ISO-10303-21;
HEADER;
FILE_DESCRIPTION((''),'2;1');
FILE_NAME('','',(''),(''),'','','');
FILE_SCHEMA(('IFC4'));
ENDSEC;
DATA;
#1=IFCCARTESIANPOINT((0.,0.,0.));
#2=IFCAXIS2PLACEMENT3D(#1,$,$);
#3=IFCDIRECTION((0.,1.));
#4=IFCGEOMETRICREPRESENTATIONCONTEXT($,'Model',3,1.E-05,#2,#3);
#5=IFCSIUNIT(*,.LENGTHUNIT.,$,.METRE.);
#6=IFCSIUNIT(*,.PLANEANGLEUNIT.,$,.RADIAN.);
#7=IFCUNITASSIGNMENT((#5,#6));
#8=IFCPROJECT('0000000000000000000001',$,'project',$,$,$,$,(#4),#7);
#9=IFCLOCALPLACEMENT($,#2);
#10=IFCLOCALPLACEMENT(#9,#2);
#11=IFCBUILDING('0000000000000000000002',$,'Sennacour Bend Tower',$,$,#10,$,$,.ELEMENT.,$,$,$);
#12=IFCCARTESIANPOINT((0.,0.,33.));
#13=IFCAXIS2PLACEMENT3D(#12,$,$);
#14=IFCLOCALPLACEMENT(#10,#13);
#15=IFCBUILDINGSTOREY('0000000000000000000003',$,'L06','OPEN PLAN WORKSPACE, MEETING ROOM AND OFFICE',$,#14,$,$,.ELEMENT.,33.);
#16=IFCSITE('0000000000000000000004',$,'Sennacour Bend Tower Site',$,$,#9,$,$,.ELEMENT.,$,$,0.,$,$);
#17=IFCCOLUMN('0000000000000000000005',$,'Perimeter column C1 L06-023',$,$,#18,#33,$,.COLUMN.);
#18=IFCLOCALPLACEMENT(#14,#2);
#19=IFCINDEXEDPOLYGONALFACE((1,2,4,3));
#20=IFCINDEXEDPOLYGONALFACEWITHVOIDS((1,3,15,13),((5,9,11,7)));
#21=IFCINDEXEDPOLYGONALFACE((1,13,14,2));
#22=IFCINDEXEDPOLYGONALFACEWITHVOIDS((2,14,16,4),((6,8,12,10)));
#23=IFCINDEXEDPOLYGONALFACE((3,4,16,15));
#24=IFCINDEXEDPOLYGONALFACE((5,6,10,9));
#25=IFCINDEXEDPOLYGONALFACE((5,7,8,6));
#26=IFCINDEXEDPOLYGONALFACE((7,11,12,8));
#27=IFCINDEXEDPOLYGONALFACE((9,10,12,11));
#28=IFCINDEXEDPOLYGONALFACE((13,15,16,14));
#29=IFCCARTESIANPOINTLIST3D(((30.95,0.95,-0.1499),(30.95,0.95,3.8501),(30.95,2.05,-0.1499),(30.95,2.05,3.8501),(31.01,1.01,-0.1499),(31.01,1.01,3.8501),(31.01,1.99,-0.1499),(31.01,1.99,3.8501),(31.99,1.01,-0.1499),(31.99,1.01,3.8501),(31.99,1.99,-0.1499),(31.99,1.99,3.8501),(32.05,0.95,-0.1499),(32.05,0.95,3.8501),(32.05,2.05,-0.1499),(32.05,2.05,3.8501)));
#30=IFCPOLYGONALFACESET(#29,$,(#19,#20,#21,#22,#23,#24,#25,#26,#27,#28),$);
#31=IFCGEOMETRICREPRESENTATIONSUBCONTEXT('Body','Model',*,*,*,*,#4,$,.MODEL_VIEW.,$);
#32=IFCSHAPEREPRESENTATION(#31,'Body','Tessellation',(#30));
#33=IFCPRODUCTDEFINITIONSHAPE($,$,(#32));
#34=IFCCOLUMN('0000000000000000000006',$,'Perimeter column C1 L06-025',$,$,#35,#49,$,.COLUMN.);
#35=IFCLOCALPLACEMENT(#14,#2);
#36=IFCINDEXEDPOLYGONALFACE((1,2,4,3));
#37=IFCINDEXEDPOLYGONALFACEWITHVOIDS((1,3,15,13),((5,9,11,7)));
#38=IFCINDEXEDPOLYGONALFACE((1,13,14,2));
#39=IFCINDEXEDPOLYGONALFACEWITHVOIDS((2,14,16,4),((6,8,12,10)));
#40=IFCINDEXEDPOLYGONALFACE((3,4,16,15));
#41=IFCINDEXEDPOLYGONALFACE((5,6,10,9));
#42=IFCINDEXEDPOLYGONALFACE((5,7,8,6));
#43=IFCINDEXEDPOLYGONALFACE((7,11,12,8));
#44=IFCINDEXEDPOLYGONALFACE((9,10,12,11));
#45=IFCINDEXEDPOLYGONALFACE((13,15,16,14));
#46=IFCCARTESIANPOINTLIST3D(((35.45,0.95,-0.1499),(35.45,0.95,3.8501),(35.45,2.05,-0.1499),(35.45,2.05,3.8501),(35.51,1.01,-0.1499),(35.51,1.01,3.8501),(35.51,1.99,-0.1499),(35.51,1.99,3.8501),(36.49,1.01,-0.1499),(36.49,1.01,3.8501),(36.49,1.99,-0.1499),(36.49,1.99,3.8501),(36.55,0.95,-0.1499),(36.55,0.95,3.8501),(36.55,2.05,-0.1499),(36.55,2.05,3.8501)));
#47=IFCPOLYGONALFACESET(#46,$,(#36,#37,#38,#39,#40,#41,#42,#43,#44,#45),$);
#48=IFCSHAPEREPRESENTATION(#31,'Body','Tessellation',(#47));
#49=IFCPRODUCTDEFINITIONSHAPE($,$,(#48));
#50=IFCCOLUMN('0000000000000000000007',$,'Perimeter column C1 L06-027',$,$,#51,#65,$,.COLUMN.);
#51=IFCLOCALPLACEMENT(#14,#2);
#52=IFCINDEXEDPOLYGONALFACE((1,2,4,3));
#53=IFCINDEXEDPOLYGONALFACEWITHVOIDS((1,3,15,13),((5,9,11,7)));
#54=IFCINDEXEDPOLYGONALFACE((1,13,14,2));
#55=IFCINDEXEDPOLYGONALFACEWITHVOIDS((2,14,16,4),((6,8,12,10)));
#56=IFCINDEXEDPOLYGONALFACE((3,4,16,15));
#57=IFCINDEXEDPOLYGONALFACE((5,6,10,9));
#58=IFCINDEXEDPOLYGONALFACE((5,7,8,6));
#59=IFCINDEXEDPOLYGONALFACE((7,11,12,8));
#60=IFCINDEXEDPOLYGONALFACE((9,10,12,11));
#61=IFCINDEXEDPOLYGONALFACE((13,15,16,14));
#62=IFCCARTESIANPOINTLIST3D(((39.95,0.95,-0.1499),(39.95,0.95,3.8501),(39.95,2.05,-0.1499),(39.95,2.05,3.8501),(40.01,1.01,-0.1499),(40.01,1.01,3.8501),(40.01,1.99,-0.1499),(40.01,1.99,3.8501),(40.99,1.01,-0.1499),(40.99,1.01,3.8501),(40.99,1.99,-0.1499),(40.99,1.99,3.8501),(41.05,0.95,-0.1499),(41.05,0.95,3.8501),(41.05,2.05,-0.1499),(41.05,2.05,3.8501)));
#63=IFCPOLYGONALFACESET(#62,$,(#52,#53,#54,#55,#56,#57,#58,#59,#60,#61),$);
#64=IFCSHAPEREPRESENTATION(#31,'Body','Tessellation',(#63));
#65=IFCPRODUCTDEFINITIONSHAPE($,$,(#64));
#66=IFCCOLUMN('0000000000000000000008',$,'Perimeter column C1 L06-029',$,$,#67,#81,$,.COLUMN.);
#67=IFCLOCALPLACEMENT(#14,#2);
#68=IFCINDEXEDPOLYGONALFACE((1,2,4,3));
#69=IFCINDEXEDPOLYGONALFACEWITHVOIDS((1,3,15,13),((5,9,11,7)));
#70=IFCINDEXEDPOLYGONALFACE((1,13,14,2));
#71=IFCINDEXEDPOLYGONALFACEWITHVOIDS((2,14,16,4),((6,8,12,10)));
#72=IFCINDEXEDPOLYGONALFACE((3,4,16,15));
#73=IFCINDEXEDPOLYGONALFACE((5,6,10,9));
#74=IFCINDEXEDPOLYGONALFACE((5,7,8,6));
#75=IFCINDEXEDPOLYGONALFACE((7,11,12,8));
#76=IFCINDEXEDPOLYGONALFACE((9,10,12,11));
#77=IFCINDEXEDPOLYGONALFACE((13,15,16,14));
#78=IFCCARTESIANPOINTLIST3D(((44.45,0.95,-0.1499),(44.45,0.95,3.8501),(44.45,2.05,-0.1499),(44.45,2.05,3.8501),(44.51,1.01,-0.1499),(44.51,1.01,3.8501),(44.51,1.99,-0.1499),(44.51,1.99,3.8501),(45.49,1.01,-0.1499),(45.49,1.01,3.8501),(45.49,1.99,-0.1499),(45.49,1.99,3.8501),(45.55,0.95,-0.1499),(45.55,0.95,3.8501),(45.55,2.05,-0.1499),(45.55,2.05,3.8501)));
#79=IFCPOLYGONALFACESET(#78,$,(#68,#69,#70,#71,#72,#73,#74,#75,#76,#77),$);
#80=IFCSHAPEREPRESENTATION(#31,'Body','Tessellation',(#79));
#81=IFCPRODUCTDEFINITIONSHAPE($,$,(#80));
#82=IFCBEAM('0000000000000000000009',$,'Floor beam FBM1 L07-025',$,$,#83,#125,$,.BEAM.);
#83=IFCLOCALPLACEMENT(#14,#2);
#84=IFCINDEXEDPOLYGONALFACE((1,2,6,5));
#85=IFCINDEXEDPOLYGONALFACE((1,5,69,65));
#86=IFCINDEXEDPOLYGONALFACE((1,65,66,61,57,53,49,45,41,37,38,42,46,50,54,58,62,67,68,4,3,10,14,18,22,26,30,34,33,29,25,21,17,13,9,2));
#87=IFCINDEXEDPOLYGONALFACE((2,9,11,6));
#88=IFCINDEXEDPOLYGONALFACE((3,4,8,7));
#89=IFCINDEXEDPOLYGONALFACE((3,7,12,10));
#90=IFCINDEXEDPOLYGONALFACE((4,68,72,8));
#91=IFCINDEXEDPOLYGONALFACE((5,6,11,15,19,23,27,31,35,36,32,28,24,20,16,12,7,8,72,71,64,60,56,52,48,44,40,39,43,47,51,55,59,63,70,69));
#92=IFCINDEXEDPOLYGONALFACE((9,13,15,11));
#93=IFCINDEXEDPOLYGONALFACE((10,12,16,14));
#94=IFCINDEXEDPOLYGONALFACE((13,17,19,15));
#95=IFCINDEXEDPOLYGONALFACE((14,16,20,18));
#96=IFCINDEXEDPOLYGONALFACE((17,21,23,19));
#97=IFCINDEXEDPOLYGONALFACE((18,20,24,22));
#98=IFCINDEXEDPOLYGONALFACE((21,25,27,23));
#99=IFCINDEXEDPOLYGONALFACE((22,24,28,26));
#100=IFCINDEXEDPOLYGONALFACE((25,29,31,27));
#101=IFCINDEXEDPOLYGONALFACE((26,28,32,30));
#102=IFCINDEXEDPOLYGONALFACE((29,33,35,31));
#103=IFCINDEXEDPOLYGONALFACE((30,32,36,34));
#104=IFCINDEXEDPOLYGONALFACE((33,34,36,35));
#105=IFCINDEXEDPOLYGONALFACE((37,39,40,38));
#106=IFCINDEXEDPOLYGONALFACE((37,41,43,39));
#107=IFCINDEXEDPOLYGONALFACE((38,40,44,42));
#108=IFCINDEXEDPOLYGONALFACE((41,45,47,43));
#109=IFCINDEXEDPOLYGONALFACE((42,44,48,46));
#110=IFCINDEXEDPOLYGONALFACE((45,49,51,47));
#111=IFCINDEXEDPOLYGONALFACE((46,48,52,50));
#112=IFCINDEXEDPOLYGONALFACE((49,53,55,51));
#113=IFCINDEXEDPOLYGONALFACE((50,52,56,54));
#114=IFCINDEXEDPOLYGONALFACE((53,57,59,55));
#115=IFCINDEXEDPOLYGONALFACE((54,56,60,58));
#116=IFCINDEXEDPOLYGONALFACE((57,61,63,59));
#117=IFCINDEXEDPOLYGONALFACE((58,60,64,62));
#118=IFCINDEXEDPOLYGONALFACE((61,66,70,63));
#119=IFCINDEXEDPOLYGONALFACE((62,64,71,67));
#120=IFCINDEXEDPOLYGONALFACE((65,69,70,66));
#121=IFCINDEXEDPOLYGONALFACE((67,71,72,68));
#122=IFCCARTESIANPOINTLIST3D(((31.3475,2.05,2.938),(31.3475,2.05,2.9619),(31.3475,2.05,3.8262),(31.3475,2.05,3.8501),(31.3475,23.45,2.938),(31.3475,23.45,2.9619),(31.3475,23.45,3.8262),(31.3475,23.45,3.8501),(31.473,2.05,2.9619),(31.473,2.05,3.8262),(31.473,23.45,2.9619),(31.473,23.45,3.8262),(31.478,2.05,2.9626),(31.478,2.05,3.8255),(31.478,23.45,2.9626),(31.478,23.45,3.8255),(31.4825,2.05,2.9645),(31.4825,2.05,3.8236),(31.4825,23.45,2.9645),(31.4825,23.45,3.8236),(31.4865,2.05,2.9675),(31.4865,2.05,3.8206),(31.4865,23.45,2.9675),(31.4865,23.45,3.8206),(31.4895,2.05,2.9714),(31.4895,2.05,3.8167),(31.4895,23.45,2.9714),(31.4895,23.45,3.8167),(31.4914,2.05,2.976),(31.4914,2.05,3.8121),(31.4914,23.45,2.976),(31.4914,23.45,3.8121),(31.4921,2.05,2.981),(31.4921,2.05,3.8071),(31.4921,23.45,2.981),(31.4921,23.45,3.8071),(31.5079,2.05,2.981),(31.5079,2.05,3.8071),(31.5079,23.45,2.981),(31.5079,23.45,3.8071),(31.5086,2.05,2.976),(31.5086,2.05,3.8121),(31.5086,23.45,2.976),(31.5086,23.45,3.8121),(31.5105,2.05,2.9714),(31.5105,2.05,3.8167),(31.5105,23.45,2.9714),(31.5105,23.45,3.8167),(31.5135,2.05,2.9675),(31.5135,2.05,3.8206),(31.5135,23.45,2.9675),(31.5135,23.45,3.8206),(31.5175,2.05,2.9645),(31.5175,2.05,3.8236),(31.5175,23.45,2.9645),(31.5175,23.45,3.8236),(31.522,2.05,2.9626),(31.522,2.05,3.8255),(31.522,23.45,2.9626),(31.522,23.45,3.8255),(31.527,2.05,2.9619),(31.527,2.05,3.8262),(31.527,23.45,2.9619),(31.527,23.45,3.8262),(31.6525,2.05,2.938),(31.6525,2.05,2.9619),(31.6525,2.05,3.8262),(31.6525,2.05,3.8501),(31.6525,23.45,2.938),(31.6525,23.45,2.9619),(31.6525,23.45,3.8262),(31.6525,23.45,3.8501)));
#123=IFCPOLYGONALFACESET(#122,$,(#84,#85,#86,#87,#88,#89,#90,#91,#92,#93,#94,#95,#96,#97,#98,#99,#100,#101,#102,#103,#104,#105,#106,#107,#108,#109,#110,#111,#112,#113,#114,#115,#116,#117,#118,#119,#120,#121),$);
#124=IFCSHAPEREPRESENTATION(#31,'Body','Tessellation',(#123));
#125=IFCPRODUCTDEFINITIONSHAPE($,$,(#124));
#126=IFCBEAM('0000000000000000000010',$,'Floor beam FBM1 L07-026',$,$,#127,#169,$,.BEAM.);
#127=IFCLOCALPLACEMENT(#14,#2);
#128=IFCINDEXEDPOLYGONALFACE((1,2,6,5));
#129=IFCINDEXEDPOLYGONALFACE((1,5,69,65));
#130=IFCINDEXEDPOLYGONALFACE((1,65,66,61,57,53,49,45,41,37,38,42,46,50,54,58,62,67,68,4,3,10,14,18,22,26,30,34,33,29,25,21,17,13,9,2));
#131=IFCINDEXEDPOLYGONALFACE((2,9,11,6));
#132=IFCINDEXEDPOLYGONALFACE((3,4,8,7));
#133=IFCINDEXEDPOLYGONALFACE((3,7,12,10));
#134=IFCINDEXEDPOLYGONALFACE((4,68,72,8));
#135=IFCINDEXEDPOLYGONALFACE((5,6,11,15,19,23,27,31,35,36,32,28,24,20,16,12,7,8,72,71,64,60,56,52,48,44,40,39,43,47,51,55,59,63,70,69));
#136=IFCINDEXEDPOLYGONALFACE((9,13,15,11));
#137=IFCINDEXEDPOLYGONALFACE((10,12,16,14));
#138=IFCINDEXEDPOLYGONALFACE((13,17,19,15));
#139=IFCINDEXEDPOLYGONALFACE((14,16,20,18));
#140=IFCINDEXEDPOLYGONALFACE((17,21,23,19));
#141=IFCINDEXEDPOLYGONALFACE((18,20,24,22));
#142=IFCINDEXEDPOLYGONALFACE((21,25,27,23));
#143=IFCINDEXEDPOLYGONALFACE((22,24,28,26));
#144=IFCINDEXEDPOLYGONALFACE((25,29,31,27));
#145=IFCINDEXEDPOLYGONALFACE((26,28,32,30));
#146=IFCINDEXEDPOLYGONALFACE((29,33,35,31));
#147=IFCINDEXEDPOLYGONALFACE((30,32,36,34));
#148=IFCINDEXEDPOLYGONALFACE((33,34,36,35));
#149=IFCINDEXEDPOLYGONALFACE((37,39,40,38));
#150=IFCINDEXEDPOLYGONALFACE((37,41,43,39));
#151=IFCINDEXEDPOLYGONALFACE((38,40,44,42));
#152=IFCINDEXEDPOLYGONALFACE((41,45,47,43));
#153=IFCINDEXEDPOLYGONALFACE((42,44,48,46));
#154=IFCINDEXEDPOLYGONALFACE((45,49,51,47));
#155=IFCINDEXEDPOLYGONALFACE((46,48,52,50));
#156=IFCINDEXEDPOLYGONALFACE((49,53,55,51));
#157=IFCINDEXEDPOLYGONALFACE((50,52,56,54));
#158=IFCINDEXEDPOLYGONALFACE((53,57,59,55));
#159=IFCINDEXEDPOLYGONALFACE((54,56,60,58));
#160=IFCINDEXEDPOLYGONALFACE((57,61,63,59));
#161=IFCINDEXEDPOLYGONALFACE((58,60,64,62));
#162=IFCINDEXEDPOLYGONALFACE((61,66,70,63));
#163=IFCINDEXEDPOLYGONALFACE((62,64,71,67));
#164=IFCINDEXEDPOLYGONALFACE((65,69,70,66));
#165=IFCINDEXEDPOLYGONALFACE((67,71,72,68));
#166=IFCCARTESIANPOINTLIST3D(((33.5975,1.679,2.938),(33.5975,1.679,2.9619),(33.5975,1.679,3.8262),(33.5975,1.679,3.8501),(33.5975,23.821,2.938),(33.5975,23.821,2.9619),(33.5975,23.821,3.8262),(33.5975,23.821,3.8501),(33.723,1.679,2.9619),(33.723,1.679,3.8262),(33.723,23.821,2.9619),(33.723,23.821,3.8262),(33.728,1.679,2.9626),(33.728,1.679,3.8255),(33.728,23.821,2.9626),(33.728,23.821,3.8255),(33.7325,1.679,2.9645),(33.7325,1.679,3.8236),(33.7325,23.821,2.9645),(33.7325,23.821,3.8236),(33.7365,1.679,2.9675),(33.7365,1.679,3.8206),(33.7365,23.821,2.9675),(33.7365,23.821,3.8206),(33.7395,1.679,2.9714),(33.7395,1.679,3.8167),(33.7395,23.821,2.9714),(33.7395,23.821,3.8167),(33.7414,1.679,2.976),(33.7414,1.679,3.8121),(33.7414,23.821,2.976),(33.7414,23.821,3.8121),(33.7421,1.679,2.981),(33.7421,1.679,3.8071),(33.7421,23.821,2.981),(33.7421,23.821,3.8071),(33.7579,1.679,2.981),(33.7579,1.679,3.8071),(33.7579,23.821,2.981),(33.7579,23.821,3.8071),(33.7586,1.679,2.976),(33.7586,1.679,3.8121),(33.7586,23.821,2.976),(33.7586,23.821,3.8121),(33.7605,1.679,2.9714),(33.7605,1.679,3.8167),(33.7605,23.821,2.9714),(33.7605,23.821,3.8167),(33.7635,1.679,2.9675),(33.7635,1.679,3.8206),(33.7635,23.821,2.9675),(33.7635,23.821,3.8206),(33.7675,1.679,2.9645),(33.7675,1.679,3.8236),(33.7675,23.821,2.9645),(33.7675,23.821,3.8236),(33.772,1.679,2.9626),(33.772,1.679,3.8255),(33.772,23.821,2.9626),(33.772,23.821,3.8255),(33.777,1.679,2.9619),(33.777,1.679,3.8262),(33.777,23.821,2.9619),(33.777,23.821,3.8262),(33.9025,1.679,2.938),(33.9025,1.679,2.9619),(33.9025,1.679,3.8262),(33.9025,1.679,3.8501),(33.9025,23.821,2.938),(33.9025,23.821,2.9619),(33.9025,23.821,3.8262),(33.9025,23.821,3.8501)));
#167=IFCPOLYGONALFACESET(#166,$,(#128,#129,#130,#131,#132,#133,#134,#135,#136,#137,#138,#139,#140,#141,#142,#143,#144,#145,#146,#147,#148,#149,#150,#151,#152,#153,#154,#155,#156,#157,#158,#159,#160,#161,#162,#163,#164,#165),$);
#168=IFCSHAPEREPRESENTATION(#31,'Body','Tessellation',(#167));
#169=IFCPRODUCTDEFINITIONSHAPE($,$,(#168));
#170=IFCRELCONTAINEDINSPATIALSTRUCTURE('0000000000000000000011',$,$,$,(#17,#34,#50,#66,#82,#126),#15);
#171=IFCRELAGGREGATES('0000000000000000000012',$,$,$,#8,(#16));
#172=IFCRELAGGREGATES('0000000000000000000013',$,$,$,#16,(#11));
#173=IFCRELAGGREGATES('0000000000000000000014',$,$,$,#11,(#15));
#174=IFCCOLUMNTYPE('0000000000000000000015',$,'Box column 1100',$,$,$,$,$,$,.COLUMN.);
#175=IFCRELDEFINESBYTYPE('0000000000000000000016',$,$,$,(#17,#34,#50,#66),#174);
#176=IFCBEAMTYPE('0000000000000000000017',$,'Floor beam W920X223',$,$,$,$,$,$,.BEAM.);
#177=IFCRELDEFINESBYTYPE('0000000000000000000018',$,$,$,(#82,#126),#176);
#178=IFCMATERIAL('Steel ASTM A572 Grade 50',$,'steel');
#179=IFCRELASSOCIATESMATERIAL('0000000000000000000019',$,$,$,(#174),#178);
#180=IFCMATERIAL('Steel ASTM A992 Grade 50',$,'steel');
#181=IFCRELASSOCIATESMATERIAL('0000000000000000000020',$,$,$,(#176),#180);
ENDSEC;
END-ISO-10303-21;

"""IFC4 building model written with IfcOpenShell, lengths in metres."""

from ifc_helpers import new_model, si_unit, direction, frame, origin, origin_2d, place, context, subcontext, project, spatial, hollow_rectangle, i_section, extrude, material, material_profile, profile_set, type_object, element, save


model = new_model("IFC4")

# Units and contexts
model_context = context("Model", 3, precision=1e-05, world=origin(), true_north=direction((0.0, 1.0)))
body_context = subcontext(model_context, "Body", "Model", "MODEL_VIEW")
ifc_project = project(units=[si_unit("LENGTHUNIT", "METRE"), si_unit("PLANEANGLEUNIT", "RADIAN")], contexts=[model_context])

# Site, building, storey
site_placement = place(None, origin())
site = spatial("IfcSite", under=ifc_project, at=site_placement, Name="Sennacour Bend Tower Site", CompositionType="ELEMENT", RefElevation=0.0)
building_placement = place(site_placement, origin())
building = spatial("IfcBuilding", under=site, at=building_placement, Name="Sennacour Bend Tower", CompositionType="ELEMENT")
storey_placement = place(building_placement, frame((0.0, 0.0, 33.0)))
storey = spatial("IfcBuildingStorey", under=building, at=storey_placement, Name="L06", Description="OPEN PLAN WORKSPACE, MEETING ROOM AND OFFICE", CompositionType="ELEMENT", Elevation=33.0)

# Columns
ifc_material_1 = material(Name="Steel ASTM A572 Grade 50", Category="steel")
ifc_material_profile_1 = material_profile(ifc_material_1, hollow_rectangle(XDim=1.1001, YDim=1.1001, WallThickness=0.0601, at=origin_2d()), Name="Steel ASTM A572 Grade 50", Category="steel")
ifc_profile_set_1 = profile_set([ifc_material_profile_1], Name="Steel ASTM A572 Grade 50")
column_type = type_object("IfcColumnType", Name="Box column 1100", PredefinedType="COLUMN", material=ifc_profile_set_1)
for number, where, z_axis, x_axis, name in (
    (1, (31.5, 1.5, -0.1499), (0.0, 0.0, 1.0), (1.0, 0.0, 0.0), "Perimeter column C1 L06-023"),
    (2, (36.0, 1.5, -0.1499), (0.0, 0.0, 1.0), (1.0, 0.0, 0.0), "Perimeter column C1 L06-025"),
    (3, (40.5, 1.5, -0.1499), (0.0, 0.0, 1.0), (1.0, 0.0, 0.0), "Perimeter column C1 L06-027"),
    (4, (45.0, 1.5, -0.1499), (0.0, 0.0, 1.0), (1.0, 0.0, 0.0), "Perimeter column C1 L06-029"),
):
    element("IfcColumn", number, at=place(storey_placement, frame(where, z_axis=z_axis, x_axis=x_axis)), inside=storey, type_object=column_type, Name=name, PredefinedType="COLUMN", context=body_context, shape_type="SweptSolid", body=[
        extrude(hollow_rectangle(XDim=1.1001, YDim=1.1001, WallThickness=0.0601, at=origin_2d()), origin(), (0.0, 0.0, 1.0), 4.0),
    ])

# Beams
ifc_material_2 = material(Name="Steel ASTM A992 Grade 50", Category="steel")
ifc_material_profile_2 = material_profile(ifc_material_2, i_section(OverallWidth=0.3049, OverallDepth=0.9121, WebThickness=0.0159, FlangeThickness=0.0239, FilletRadius=0.019, at=origin_2d()), Name="Steel ASTM A992 Grade 50", Category="steel")
ifc_profile_set_2 = profile_set([ifc_material_profile_2], Name="Steel ASTM A992 Grade 50")
beam_type_1 = type_object("IfcBeamType", Name="Floor beam W920X223", PredefinedType="BEAM", material=ifc_profile_set_2)
beam_1_placement = place(storey_placement, frame((31.5, 2.05, 3.394), z_axis=(0.0, 1.0, 0.0), x_axis=(-1.0, 0.0, 0.0)))
element("IfcBeam", 5, at=beam_1_placement, inside=storey, type_object=beam_type_1, Name="Floor beam FBM1 L07-025", PredefinedType="BEAM", context=body_context, shape_type="SweptSolid", body=[
    extrude(i_section(OverallWidth=0.3049, OverallDepth=0.9121, WebThickness=0.0159, FlangeThickness=0.0239, FilletRadius=0.019, at=origin_2d()), origin(), (0.0, 0.0, 1.0), 21.3999),
])
beam_2_placement = place(storey_placement, frame((33.75, 1.679, 3.394), z_axis=(0.0, 1.0, 0.0), x_axis=(-1.0, 0.0, 0.0)))
element("IfcBeam", 6, at=beam_2_placement, inside=storey, type_object=beam_type_1, Name="Floor beam FBM1 L07-026", PredefinedType="BEAM", context=body_context, shape_type="SweptSolid", body=[
    extrude(i_section(OverallWidth=0.3049, OverallDepth=0.9121, WebThickness=0.0159, FlangeThickness=0.0239, FilletRadius=0.019, at=origin_2d()), origin(), (0.0, 0.0, 1.0), 22.1421),
])

save(model, "model.ifc")
